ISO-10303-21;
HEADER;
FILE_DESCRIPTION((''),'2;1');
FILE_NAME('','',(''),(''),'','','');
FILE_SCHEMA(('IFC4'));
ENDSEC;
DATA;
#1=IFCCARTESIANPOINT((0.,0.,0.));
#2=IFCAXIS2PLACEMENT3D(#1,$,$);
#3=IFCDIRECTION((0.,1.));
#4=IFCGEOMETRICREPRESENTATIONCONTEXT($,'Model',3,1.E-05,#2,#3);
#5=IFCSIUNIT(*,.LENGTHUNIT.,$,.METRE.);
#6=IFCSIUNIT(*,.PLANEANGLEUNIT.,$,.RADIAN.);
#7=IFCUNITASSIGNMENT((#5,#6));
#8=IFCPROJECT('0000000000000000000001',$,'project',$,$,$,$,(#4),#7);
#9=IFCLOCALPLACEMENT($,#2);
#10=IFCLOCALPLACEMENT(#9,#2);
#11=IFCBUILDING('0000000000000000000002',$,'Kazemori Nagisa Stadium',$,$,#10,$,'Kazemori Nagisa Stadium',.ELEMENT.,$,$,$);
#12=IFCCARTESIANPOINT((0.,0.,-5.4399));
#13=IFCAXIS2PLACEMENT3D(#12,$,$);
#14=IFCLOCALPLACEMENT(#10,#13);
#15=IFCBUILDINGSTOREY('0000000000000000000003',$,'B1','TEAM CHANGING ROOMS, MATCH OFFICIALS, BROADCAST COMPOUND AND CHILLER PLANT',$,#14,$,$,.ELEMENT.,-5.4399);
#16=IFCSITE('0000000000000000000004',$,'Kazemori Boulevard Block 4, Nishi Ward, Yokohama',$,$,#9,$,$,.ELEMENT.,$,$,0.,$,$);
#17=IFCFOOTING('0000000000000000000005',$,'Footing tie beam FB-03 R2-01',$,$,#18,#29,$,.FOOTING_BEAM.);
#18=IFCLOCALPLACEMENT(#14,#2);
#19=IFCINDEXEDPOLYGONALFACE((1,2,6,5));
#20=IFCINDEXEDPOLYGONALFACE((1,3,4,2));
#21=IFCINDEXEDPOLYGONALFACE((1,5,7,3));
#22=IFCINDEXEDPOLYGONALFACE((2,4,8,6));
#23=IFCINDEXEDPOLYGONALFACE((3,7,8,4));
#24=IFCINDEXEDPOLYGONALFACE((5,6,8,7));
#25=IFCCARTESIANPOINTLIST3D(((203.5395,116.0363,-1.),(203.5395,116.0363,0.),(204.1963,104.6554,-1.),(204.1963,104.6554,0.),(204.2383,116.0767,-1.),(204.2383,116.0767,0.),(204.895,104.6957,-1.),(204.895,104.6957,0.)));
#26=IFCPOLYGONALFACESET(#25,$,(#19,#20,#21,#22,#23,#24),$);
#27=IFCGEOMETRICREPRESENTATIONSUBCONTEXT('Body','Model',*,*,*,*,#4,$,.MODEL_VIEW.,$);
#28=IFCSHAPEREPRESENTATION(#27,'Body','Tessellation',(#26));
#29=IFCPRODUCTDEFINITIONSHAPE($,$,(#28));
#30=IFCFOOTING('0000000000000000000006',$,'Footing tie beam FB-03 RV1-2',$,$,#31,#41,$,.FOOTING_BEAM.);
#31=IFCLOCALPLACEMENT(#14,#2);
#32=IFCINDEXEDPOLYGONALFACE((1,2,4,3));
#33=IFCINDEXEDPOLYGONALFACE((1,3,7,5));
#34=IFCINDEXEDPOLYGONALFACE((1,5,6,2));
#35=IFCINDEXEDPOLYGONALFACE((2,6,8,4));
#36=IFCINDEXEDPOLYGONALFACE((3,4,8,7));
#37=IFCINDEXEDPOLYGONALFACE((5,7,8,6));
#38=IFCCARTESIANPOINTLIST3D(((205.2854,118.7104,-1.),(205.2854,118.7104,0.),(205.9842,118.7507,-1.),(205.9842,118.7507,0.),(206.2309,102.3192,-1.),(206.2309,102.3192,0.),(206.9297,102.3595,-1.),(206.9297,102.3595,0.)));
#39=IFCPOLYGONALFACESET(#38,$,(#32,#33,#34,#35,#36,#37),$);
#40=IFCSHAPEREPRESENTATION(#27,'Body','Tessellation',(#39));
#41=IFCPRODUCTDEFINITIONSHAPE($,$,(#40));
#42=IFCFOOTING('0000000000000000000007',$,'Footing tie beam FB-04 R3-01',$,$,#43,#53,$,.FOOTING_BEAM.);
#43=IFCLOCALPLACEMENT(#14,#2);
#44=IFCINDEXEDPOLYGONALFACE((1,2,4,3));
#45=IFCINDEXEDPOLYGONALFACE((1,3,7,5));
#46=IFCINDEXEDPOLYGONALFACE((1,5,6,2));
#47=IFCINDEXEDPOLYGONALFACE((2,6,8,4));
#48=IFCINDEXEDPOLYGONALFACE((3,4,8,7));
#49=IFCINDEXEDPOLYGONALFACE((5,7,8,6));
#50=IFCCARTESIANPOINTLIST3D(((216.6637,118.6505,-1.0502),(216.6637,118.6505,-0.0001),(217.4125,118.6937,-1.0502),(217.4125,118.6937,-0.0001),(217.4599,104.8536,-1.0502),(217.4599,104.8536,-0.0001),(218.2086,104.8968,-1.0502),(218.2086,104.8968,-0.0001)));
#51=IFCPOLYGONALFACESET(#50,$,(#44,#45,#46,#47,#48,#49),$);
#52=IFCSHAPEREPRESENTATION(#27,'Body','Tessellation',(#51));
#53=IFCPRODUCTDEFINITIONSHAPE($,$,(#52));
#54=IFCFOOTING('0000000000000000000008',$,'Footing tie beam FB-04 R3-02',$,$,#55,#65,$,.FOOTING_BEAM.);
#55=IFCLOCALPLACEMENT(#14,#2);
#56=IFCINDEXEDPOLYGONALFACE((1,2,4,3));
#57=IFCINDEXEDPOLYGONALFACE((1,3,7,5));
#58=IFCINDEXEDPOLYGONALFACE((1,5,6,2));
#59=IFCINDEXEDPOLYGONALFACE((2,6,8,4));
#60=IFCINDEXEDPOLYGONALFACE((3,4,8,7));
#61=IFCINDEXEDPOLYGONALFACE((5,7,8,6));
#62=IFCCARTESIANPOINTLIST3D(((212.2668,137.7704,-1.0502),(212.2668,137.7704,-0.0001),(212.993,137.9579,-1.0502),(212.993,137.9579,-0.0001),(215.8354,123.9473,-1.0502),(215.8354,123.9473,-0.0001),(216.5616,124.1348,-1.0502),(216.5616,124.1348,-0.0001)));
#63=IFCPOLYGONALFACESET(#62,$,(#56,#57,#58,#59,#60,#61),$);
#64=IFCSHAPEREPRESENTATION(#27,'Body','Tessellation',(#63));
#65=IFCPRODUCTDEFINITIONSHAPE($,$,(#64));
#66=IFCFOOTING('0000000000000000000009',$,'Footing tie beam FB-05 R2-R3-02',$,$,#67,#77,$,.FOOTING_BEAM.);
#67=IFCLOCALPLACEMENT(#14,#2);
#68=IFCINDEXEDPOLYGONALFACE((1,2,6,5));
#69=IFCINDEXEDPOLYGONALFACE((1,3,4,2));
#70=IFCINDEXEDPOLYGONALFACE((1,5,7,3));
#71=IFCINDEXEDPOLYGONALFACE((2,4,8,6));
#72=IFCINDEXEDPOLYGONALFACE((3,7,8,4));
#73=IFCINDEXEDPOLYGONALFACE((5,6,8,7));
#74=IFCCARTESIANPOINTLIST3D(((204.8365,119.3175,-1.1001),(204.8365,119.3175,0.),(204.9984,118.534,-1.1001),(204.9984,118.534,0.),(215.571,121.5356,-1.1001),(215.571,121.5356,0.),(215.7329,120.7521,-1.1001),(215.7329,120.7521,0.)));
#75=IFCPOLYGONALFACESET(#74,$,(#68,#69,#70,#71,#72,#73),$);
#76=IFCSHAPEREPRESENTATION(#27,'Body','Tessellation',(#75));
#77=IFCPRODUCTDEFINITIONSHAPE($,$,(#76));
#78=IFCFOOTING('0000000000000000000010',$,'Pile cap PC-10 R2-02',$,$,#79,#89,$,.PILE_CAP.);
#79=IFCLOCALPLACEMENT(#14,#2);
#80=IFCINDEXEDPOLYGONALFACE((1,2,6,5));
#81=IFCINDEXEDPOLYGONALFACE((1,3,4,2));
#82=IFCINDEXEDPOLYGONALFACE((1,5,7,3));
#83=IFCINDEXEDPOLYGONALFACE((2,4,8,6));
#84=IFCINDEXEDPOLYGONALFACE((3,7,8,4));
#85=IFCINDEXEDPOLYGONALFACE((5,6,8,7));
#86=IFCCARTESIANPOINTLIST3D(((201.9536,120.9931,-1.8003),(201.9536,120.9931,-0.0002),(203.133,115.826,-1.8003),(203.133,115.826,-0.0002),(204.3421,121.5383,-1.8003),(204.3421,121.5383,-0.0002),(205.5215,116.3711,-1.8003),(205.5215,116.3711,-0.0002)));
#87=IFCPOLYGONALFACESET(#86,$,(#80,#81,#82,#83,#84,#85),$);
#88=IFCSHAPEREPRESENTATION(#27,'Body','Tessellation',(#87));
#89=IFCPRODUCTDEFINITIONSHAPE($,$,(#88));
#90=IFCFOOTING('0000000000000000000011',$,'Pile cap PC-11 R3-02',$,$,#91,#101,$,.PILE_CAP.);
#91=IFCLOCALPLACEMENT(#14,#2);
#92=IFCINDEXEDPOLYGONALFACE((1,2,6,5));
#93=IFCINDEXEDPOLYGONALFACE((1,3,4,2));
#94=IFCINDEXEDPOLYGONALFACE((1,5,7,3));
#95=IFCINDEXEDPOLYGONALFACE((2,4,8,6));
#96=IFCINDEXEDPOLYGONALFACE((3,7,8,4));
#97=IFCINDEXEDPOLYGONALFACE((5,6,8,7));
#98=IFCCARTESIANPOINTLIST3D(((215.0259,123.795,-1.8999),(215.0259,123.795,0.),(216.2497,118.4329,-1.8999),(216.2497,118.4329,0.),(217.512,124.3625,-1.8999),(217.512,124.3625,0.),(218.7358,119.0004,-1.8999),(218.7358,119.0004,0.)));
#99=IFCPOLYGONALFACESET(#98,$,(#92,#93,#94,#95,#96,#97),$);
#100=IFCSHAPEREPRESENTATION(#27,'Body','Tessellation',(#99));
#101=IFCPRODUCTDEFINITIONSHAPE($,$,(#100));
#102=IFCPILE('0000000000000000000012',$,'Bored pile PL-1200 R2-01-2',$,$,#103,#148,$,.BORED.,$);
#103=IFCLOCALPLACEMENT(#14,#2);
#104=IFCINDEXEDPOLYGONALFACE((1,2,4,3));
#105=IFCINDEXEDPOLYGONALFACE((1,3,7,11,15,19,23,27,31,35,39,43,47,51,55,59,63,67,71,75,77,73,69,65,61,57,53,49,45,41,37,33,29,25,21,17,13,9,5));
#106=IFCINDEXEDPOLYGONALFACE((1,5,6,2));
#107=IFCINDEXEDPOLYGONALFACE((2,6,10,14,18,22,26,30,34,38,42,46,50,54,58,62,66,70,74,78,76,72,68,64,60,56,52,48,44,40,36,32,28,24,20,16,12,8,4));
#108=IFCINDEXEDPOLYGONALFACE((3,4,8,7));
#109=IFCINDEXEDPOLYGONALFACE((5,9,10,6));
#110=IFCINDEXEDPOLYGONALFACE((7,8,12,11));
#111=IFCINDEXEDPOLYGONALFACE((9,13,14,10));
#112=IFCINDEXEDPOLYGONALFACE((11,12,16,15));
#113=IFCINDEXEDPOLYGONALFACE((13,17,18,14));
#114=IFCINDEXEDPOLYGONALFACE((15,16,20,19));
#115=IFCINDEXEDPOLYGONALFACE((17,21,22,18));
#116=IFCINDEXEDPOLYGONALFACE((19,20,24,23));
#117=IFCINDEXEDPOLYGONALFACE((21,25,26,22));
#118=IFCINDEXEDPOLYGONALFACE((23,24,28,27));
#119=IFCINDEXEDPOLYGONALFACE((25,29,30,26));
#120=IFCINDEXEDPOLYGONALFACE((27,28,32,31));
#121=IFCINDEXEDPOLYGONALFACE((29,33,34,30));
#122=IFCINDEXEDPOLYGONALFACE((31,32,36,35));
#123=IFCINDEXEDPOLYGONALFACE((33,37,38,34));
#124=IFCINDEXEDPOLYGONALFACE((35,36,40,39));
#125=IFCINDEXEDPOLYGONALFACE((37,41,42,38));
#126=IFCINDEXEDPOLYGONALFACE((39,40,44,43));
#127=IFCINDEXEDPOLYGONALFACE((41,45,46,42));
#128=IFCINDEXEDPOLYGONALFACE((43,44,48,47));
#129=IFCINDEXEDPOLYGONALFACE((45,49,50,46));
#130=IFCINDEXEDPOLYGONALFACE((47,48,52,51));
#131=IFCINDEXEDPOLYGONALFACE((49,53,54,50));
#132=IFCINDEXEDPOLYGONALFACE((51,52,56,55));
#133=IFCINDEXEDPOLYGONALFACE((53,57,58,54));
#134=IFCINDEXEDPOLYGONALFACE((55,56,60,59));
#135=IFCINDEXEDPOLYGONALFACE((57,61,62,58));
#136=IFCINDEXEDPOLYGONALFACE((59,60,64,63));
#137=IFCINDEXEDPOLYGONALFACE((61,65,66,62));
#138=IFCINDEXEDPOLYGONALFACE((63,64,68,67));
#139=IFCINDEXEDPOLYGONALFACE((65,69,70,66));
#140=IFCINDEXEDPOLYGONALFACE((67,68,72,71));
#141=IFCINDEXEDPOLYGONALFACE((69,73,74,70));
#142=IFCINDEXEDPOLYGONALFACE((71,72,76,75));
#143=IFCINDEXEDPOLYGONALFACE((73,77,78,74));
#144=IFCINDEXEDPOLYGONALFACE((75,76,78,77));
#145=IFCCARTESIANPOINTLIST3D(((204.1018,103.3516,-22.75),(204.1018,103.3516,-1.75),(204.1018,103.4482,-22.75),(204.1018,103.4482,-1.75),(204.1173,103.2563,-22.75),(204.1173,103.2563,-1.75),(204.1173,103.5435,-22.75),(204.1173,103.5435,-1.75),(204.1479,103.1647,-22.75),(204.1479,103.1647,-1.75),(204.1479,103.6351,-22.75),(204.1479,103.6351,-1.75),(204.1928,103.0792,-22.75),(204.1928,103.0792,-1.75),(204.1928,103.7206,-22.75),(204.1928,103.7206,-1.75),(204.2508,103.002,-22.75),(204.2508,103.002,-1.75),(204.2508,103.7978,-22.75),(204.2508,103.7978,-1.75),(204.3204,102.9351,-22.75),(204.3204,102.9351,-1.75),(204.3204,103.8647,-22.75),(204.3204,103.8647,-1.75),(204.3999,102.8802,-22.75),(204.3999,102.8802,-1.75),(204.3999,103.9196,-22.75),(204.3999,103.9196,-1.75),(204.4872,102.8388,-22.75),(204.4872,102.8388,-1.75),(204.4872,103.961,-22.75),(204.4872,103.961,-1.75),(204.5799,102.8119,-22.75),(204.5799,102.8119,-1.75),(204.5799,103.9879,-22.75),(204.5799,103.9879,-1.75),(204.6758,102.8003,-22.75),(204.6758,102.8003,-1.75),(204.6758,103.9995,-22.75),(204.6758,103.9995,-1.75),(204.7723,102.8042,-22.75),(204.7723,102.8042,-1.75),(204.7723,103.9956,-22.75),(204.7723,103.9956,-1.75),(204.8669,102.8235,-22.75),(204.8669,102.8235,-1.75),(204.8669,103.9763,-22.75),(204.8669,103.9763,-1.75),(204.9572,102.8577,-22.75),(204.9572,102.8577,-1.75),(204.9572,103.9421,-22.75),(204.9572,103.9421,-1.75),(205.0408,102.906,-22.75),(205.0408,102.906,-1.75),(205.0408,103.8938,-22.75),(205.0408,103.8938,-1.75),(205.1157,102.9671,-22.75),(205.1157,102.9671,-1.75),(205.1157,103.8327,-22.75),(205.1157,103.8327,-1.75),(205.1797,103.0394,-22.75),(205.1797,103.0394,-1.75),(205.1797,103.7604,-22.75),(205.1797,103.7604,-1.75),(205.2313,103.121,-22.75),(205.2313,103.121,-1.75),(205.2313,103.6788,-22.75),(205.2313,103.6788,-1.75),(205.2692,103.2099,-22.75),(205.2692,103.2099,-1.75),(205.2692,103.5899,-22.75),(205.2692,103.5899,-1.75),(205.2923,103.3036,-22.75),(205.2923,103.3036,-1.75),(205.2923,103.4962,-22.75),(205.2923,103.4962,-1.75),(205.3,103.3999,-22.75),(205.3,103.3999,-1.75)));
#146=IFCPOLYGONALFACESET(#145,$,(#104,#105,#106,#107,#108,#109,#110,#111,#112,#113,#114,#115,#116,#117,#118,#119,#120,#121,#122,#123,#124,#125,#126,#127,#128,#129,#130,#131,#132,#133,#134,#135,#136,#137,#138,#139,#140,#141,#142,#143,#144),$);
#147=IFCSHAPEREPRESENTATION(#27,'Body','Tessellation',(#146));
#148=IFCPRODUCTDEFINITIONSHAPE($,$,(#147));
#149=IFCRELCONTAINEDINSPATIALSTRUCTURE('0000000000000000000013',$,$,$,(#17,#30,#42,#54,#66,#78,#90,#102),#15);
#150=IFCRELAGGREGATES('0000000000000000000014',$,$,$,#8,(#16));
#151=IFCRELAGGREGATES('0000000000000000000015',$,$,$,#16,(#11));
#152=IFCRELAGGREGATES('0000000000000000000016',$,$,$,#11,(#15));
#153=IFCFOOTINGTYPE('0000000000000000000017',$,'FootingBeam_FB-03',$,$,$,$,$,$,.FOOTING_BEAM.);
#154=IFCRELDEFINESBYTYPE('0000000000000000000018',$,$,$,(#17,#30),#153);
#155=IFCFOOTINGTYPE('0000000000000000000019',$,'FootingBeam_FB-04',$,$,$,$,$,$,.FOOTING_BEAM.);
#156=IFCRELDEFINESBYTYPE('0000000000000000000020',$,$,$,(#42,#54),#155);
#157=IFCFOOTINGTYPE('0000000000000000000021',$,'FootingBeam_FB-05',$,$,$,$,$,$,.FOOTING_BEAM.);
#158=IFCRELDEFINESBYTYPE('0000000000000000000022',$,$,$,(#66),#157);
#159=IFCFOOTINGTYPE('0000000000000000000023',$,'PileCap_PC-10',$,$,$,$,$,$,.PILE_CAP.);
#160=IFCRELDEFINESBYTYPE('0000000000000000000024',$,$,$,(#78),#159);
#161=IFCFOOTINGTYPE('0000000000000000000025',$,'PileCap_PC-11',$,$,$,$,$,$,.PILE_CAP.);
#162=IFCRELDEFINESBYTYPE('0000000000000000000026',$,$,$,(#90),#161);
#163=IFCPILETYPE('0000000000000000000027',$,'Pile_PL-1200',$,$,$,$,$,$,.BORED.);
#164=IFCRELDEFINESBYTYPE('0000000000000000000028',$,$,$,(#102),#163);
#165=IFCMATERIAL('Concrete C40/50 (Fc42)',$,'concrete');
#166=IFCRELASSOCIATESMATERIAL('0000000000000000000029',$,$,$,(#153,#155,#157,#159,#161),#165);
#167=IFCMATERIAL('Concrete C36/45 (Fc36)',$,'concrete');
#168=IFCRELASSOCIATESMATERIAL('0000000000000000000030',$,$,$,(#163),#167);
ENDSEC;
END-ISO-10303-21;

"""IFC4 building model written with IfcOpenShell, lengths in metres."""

from ifc_helpers import new_model, si_unit, direction, frame, origin, origin_2d, place, context, subcontext, project, spatial, rectangle, circle, extrude, material, material_profile, profile_set, type_object, element, save


model = new_model("IFC4")

# Units and contexts
model_context = context("Model", 3, precision=1e-05, world=origin(), true_north=direction((0.0, 1.0)))
body_context = subcontext(model_context, "Body", "Model", "MODEL_VIEW")
ifc_project = project(units=[si_unit("LENGTHUNIT", "METRE"), si_unit("PLANEANGLEUNIT", "RADIAN")], contexts=[model_context])

# Site, building, storey
site_placement = place(None, origin())
site = spatial("IfcSite", under=ifc_project, at=site_placement, Name="Kazemori Boulevard Block 4, Nishi Ward, Yokohama", CompositionType="ELEMENT", RefElevation=0.0)
building_placement = place(site_placement, origin())
building = spatial("IfcBuilding", under=site, at=building_placement, Name="Kazemori Nagisa Stadium", LongName="Kazemori Nagisa Stadium", CompositionType="ELEMENT")
storey_placement = place(building_placement, frame((0.0, 0.0, -5.4399)))
storey = spatial("IfcBuildingStorey", under=building, at=storey_placement, Name="B1", Description="TEAM CHANGING ROOMS, MATCH OFFICIALS, BROADCAST COMPOUND AND CHILLER PLANT", CompositionType="ELEMENT", Elevation=-5.4399)

# Footings
ifc_material_1 = material(Name="Concrete C40/50 (Fc42)", Category="concrete")
ifc_material_profile_1 = material_profile(ifc_material_1, rectangle(XDim=0.7, YDim=1.0, at=origin_2d()), Name="RC-FB-700x1000")
ifc_profile_set_1 = profile_set([ifc_material_profile_1], Name="Concrete C40/50 (Fc42)")
footing_type_1 = type_object("IfcFootingType", Name="FootingBeam_FB-03", PredefinedType="FOOTING_BEAM", material=ifc_profile_set_1)
footing_1_placement = place(storey_placement, frame((204.5457, 104.6755, -0.5), z_axis=(-0.05761, 0.998339, 0.0), x_axis=(-0.998339, -0.05761, 0.0)))
element("IfcFooting", 1, at=footing_1_placement, inside=storey, type_object=footing_type_1, Name="Footing tie beam FB-03 R2-01", PredefinedType="FOOTING_BEAM", context=body_context, shape_type="SweptSolid", body=[
    extrude(rectangle(XDim=0.7, YDim=1.0, at=origin_2d()), origin(), (0.0, 0.0, 1.0), 11.3999),
])
footing_2_placement = place(storey_placement, frame((206.5803, 102.3394, -0.5), z_axis=(-0.057591, 0.99834, 0.0), x_axis=(-0.99834, -0.057591, 0.0)))
element("IfcFooting", 2, at=footing_2_placement, inside=storey, type_object=footing_type_1, Name="Footing tie beam FB-03 RV1-2", PredefinedType="FOOTING_BEAM", context=body_context, shape_type="SweptSolid", body=[
    extrude(rectangle(XDim=0.7, YDim=1.0, at=origin_2d()), origin(), (0.0, 0.0, 1.0), 16.4185),
])
ifc_material_profile_2 = material_profile(ifc_material_1, rectangle(XDim=0.75, YDim=1.05, at=origin_2d()), Name="RC-FB-750x1050")
ifc_profile_set_2 = profile_set([ifc_material_profile_2], Name="Concrete C40/50 (Fc42)")
footing_type_2 = type_object("IfcFootingType", Name="FootingBeam_FB-04", PredefinedType="FOOTING_BEAM", material=ifc_profile_set_2)
footing_3_placement = place(storey_placement, frame((217.8342, 104.8752, -0.5251), z_axis=(-0.057609, 0.998339, 0.0), x_axis=(-0.998339, -0.057609, 0.0)))
element("IfcFooting", 3, at=footing_3_placement, inside=storey, type_object=footing_type_2, Name="Footing tie beam FB-04 R3-01", PredefinedType="FOOTING_BEAM", context=body_context, shape_type="SweptSolid", body=[
    extrude(rectangle(XDim=0.75, YDim=1.05, at=origin_2d()), origin(), (0.0, 0.0, 1.0), 13.8198),
])
footing_4_placement = place(storey_placement, frame((216.1985, 124.041, -0.5251), z_axis=(-0.249964, 0.968255, 0.0), x_axis=(-0.968255, -0.249964, 0.0)))
element("IfcFooting", 4, at=footing_4_placement, inside=storey, type_object=footing_type_2, Name="Footing tie beam FB-04 R3-02", PredefinedType="FOOTING_BEAM", context=body_context, shape_type="SweptSolid", body=[
    extrude(rectangle(XDim=0.75, YDim=1.05, at=origin_2d()), origin(), (0.0, 0.0, 1.0), 14.2764),
])
ifc_material_profile_3 = material_profile(ifc_material_1, rectangle(XDim=0.8, YDim=1.1001, at=origin_2d()), Name="RC-FB-800x1100")
ifc_profile_set_3 = profile_set([ifc_material_profile_3], Name="Concrete C40/50 (Fc42)")
footing_type_3 = type_object("IfcFootingType", Name="FootingBeam_FB-05", PredefinedType="FOOTING_BEAM", material=ifc_profile_set_3)
footing_5_placement = place(storey_placement, frame((204.9175, 118.9258, -0.55), z_axis=(0.979313, 0.202353, 0.0), x_axis=(-0.202353, 0.979313, 0.0)))
element("IfcFooting", 5, at=footing_5_placement, inside=storey, type_object=footing_type_3, Name="Footing tie beam FB-05 R2-R3-02", PredefinedType="FOOTING_BEAM", context=body_context, shape_type="SweptSolid", body=[
    extrude(rectangle(XDim=0.8, YDim=1.1001, at=origin_2d()), origin(), (0.0, 0.0, 1.0), 10.9612),
])
footing_type_4 = type_object("IfcFootingType", Name="PileCap_PC-10", PredefinedType="PILE_CAP", material=ifc_material_1)
footing_6_placement = place(storey_placement, frame((203.7375, 118.6821, -1.8003), z_axis=(0.0, 0.0, 1.0), x_axis=(-0.222521, 0.974928, 0.0)))
element("IfcFooting", 6, at=footing_6_placement, inside=storey, type_object=footing_type_4, Name="Pile cap PC-10 R2-02", PredefinedType="PILE_CAP", context=body_context, shape_type="SweptSolid", body=[
    extrude(rectangle(XDim=5.3, YDim=2.45, at=origin_2d()), origin(), (0.0, 0.0, 1.0), 1.8),
])
footing_type_5 = type_object("IfcFootingType", Name="PileCap_PC-11", PredefinedType="PILE_CAP", material=ifc_material_1)
footing_7_placement = place(storey_placement, frame((216.8809, 121.3977, -1.8999), z_axis=(0.0, 0.0, 1.0), x_axis=(-0.222521, 0.974928, 0.0)))
element("IfcFooting", 7, at=footing_7_placement, inside=storey, type_object=footing_type_5, Name="Pile cap PC-11 R3-02", PredefinedType="PILE_CAP", context=body_context, shape_type="SweptSolid", body=[
    extrude(rectangle(XDim=5.5, YDim=2.55, at=origin_2d()), origin(), (0.0, 0.0, 1.0), 1.8999),
])

# Pile
ifc_material_2 = material(Name="Concrete C36/45 (Fc36)", Category="concrete")
ifc_material_profile_4 = material_profile(ifc_material_2, circle(Radius=0.6001, at=origin_2d()), Name="PILE-D1200")
ifc_profile_set_4 = profile_set([ifc_material_profile_4], Name="Concrete C36/45 (Fc36)")
pile_type_1 = type_object("IfcPileType", Name="Pile_PL-1200", PredefinedType="BORED", material=ifc_profile_set_4)
for number, where, z_axis, x_axis, name in (
    (8, (204.7, 103.3999, -1.75), (0.0, 0.0, -1.0), (1.0, 0.0, 0.0), "Bored pile PL-1200 R2-01-2"),
):
    element("IfcPile", number, at=place(storey_placement, frame(where, z_axis=z_axis, x_axis=x_axis)), inside=storey, type_object=pile_type_1, Name=name, PredefinedType="BORED", context=body_context, shape_type="SweptSolid", body=[
        extrude(circle(Radius=0.6001, at=origin_2d()), origin(), (0.0, 0.0, 1.0), 21.0),
    ])

save(model, "model.ifc")
